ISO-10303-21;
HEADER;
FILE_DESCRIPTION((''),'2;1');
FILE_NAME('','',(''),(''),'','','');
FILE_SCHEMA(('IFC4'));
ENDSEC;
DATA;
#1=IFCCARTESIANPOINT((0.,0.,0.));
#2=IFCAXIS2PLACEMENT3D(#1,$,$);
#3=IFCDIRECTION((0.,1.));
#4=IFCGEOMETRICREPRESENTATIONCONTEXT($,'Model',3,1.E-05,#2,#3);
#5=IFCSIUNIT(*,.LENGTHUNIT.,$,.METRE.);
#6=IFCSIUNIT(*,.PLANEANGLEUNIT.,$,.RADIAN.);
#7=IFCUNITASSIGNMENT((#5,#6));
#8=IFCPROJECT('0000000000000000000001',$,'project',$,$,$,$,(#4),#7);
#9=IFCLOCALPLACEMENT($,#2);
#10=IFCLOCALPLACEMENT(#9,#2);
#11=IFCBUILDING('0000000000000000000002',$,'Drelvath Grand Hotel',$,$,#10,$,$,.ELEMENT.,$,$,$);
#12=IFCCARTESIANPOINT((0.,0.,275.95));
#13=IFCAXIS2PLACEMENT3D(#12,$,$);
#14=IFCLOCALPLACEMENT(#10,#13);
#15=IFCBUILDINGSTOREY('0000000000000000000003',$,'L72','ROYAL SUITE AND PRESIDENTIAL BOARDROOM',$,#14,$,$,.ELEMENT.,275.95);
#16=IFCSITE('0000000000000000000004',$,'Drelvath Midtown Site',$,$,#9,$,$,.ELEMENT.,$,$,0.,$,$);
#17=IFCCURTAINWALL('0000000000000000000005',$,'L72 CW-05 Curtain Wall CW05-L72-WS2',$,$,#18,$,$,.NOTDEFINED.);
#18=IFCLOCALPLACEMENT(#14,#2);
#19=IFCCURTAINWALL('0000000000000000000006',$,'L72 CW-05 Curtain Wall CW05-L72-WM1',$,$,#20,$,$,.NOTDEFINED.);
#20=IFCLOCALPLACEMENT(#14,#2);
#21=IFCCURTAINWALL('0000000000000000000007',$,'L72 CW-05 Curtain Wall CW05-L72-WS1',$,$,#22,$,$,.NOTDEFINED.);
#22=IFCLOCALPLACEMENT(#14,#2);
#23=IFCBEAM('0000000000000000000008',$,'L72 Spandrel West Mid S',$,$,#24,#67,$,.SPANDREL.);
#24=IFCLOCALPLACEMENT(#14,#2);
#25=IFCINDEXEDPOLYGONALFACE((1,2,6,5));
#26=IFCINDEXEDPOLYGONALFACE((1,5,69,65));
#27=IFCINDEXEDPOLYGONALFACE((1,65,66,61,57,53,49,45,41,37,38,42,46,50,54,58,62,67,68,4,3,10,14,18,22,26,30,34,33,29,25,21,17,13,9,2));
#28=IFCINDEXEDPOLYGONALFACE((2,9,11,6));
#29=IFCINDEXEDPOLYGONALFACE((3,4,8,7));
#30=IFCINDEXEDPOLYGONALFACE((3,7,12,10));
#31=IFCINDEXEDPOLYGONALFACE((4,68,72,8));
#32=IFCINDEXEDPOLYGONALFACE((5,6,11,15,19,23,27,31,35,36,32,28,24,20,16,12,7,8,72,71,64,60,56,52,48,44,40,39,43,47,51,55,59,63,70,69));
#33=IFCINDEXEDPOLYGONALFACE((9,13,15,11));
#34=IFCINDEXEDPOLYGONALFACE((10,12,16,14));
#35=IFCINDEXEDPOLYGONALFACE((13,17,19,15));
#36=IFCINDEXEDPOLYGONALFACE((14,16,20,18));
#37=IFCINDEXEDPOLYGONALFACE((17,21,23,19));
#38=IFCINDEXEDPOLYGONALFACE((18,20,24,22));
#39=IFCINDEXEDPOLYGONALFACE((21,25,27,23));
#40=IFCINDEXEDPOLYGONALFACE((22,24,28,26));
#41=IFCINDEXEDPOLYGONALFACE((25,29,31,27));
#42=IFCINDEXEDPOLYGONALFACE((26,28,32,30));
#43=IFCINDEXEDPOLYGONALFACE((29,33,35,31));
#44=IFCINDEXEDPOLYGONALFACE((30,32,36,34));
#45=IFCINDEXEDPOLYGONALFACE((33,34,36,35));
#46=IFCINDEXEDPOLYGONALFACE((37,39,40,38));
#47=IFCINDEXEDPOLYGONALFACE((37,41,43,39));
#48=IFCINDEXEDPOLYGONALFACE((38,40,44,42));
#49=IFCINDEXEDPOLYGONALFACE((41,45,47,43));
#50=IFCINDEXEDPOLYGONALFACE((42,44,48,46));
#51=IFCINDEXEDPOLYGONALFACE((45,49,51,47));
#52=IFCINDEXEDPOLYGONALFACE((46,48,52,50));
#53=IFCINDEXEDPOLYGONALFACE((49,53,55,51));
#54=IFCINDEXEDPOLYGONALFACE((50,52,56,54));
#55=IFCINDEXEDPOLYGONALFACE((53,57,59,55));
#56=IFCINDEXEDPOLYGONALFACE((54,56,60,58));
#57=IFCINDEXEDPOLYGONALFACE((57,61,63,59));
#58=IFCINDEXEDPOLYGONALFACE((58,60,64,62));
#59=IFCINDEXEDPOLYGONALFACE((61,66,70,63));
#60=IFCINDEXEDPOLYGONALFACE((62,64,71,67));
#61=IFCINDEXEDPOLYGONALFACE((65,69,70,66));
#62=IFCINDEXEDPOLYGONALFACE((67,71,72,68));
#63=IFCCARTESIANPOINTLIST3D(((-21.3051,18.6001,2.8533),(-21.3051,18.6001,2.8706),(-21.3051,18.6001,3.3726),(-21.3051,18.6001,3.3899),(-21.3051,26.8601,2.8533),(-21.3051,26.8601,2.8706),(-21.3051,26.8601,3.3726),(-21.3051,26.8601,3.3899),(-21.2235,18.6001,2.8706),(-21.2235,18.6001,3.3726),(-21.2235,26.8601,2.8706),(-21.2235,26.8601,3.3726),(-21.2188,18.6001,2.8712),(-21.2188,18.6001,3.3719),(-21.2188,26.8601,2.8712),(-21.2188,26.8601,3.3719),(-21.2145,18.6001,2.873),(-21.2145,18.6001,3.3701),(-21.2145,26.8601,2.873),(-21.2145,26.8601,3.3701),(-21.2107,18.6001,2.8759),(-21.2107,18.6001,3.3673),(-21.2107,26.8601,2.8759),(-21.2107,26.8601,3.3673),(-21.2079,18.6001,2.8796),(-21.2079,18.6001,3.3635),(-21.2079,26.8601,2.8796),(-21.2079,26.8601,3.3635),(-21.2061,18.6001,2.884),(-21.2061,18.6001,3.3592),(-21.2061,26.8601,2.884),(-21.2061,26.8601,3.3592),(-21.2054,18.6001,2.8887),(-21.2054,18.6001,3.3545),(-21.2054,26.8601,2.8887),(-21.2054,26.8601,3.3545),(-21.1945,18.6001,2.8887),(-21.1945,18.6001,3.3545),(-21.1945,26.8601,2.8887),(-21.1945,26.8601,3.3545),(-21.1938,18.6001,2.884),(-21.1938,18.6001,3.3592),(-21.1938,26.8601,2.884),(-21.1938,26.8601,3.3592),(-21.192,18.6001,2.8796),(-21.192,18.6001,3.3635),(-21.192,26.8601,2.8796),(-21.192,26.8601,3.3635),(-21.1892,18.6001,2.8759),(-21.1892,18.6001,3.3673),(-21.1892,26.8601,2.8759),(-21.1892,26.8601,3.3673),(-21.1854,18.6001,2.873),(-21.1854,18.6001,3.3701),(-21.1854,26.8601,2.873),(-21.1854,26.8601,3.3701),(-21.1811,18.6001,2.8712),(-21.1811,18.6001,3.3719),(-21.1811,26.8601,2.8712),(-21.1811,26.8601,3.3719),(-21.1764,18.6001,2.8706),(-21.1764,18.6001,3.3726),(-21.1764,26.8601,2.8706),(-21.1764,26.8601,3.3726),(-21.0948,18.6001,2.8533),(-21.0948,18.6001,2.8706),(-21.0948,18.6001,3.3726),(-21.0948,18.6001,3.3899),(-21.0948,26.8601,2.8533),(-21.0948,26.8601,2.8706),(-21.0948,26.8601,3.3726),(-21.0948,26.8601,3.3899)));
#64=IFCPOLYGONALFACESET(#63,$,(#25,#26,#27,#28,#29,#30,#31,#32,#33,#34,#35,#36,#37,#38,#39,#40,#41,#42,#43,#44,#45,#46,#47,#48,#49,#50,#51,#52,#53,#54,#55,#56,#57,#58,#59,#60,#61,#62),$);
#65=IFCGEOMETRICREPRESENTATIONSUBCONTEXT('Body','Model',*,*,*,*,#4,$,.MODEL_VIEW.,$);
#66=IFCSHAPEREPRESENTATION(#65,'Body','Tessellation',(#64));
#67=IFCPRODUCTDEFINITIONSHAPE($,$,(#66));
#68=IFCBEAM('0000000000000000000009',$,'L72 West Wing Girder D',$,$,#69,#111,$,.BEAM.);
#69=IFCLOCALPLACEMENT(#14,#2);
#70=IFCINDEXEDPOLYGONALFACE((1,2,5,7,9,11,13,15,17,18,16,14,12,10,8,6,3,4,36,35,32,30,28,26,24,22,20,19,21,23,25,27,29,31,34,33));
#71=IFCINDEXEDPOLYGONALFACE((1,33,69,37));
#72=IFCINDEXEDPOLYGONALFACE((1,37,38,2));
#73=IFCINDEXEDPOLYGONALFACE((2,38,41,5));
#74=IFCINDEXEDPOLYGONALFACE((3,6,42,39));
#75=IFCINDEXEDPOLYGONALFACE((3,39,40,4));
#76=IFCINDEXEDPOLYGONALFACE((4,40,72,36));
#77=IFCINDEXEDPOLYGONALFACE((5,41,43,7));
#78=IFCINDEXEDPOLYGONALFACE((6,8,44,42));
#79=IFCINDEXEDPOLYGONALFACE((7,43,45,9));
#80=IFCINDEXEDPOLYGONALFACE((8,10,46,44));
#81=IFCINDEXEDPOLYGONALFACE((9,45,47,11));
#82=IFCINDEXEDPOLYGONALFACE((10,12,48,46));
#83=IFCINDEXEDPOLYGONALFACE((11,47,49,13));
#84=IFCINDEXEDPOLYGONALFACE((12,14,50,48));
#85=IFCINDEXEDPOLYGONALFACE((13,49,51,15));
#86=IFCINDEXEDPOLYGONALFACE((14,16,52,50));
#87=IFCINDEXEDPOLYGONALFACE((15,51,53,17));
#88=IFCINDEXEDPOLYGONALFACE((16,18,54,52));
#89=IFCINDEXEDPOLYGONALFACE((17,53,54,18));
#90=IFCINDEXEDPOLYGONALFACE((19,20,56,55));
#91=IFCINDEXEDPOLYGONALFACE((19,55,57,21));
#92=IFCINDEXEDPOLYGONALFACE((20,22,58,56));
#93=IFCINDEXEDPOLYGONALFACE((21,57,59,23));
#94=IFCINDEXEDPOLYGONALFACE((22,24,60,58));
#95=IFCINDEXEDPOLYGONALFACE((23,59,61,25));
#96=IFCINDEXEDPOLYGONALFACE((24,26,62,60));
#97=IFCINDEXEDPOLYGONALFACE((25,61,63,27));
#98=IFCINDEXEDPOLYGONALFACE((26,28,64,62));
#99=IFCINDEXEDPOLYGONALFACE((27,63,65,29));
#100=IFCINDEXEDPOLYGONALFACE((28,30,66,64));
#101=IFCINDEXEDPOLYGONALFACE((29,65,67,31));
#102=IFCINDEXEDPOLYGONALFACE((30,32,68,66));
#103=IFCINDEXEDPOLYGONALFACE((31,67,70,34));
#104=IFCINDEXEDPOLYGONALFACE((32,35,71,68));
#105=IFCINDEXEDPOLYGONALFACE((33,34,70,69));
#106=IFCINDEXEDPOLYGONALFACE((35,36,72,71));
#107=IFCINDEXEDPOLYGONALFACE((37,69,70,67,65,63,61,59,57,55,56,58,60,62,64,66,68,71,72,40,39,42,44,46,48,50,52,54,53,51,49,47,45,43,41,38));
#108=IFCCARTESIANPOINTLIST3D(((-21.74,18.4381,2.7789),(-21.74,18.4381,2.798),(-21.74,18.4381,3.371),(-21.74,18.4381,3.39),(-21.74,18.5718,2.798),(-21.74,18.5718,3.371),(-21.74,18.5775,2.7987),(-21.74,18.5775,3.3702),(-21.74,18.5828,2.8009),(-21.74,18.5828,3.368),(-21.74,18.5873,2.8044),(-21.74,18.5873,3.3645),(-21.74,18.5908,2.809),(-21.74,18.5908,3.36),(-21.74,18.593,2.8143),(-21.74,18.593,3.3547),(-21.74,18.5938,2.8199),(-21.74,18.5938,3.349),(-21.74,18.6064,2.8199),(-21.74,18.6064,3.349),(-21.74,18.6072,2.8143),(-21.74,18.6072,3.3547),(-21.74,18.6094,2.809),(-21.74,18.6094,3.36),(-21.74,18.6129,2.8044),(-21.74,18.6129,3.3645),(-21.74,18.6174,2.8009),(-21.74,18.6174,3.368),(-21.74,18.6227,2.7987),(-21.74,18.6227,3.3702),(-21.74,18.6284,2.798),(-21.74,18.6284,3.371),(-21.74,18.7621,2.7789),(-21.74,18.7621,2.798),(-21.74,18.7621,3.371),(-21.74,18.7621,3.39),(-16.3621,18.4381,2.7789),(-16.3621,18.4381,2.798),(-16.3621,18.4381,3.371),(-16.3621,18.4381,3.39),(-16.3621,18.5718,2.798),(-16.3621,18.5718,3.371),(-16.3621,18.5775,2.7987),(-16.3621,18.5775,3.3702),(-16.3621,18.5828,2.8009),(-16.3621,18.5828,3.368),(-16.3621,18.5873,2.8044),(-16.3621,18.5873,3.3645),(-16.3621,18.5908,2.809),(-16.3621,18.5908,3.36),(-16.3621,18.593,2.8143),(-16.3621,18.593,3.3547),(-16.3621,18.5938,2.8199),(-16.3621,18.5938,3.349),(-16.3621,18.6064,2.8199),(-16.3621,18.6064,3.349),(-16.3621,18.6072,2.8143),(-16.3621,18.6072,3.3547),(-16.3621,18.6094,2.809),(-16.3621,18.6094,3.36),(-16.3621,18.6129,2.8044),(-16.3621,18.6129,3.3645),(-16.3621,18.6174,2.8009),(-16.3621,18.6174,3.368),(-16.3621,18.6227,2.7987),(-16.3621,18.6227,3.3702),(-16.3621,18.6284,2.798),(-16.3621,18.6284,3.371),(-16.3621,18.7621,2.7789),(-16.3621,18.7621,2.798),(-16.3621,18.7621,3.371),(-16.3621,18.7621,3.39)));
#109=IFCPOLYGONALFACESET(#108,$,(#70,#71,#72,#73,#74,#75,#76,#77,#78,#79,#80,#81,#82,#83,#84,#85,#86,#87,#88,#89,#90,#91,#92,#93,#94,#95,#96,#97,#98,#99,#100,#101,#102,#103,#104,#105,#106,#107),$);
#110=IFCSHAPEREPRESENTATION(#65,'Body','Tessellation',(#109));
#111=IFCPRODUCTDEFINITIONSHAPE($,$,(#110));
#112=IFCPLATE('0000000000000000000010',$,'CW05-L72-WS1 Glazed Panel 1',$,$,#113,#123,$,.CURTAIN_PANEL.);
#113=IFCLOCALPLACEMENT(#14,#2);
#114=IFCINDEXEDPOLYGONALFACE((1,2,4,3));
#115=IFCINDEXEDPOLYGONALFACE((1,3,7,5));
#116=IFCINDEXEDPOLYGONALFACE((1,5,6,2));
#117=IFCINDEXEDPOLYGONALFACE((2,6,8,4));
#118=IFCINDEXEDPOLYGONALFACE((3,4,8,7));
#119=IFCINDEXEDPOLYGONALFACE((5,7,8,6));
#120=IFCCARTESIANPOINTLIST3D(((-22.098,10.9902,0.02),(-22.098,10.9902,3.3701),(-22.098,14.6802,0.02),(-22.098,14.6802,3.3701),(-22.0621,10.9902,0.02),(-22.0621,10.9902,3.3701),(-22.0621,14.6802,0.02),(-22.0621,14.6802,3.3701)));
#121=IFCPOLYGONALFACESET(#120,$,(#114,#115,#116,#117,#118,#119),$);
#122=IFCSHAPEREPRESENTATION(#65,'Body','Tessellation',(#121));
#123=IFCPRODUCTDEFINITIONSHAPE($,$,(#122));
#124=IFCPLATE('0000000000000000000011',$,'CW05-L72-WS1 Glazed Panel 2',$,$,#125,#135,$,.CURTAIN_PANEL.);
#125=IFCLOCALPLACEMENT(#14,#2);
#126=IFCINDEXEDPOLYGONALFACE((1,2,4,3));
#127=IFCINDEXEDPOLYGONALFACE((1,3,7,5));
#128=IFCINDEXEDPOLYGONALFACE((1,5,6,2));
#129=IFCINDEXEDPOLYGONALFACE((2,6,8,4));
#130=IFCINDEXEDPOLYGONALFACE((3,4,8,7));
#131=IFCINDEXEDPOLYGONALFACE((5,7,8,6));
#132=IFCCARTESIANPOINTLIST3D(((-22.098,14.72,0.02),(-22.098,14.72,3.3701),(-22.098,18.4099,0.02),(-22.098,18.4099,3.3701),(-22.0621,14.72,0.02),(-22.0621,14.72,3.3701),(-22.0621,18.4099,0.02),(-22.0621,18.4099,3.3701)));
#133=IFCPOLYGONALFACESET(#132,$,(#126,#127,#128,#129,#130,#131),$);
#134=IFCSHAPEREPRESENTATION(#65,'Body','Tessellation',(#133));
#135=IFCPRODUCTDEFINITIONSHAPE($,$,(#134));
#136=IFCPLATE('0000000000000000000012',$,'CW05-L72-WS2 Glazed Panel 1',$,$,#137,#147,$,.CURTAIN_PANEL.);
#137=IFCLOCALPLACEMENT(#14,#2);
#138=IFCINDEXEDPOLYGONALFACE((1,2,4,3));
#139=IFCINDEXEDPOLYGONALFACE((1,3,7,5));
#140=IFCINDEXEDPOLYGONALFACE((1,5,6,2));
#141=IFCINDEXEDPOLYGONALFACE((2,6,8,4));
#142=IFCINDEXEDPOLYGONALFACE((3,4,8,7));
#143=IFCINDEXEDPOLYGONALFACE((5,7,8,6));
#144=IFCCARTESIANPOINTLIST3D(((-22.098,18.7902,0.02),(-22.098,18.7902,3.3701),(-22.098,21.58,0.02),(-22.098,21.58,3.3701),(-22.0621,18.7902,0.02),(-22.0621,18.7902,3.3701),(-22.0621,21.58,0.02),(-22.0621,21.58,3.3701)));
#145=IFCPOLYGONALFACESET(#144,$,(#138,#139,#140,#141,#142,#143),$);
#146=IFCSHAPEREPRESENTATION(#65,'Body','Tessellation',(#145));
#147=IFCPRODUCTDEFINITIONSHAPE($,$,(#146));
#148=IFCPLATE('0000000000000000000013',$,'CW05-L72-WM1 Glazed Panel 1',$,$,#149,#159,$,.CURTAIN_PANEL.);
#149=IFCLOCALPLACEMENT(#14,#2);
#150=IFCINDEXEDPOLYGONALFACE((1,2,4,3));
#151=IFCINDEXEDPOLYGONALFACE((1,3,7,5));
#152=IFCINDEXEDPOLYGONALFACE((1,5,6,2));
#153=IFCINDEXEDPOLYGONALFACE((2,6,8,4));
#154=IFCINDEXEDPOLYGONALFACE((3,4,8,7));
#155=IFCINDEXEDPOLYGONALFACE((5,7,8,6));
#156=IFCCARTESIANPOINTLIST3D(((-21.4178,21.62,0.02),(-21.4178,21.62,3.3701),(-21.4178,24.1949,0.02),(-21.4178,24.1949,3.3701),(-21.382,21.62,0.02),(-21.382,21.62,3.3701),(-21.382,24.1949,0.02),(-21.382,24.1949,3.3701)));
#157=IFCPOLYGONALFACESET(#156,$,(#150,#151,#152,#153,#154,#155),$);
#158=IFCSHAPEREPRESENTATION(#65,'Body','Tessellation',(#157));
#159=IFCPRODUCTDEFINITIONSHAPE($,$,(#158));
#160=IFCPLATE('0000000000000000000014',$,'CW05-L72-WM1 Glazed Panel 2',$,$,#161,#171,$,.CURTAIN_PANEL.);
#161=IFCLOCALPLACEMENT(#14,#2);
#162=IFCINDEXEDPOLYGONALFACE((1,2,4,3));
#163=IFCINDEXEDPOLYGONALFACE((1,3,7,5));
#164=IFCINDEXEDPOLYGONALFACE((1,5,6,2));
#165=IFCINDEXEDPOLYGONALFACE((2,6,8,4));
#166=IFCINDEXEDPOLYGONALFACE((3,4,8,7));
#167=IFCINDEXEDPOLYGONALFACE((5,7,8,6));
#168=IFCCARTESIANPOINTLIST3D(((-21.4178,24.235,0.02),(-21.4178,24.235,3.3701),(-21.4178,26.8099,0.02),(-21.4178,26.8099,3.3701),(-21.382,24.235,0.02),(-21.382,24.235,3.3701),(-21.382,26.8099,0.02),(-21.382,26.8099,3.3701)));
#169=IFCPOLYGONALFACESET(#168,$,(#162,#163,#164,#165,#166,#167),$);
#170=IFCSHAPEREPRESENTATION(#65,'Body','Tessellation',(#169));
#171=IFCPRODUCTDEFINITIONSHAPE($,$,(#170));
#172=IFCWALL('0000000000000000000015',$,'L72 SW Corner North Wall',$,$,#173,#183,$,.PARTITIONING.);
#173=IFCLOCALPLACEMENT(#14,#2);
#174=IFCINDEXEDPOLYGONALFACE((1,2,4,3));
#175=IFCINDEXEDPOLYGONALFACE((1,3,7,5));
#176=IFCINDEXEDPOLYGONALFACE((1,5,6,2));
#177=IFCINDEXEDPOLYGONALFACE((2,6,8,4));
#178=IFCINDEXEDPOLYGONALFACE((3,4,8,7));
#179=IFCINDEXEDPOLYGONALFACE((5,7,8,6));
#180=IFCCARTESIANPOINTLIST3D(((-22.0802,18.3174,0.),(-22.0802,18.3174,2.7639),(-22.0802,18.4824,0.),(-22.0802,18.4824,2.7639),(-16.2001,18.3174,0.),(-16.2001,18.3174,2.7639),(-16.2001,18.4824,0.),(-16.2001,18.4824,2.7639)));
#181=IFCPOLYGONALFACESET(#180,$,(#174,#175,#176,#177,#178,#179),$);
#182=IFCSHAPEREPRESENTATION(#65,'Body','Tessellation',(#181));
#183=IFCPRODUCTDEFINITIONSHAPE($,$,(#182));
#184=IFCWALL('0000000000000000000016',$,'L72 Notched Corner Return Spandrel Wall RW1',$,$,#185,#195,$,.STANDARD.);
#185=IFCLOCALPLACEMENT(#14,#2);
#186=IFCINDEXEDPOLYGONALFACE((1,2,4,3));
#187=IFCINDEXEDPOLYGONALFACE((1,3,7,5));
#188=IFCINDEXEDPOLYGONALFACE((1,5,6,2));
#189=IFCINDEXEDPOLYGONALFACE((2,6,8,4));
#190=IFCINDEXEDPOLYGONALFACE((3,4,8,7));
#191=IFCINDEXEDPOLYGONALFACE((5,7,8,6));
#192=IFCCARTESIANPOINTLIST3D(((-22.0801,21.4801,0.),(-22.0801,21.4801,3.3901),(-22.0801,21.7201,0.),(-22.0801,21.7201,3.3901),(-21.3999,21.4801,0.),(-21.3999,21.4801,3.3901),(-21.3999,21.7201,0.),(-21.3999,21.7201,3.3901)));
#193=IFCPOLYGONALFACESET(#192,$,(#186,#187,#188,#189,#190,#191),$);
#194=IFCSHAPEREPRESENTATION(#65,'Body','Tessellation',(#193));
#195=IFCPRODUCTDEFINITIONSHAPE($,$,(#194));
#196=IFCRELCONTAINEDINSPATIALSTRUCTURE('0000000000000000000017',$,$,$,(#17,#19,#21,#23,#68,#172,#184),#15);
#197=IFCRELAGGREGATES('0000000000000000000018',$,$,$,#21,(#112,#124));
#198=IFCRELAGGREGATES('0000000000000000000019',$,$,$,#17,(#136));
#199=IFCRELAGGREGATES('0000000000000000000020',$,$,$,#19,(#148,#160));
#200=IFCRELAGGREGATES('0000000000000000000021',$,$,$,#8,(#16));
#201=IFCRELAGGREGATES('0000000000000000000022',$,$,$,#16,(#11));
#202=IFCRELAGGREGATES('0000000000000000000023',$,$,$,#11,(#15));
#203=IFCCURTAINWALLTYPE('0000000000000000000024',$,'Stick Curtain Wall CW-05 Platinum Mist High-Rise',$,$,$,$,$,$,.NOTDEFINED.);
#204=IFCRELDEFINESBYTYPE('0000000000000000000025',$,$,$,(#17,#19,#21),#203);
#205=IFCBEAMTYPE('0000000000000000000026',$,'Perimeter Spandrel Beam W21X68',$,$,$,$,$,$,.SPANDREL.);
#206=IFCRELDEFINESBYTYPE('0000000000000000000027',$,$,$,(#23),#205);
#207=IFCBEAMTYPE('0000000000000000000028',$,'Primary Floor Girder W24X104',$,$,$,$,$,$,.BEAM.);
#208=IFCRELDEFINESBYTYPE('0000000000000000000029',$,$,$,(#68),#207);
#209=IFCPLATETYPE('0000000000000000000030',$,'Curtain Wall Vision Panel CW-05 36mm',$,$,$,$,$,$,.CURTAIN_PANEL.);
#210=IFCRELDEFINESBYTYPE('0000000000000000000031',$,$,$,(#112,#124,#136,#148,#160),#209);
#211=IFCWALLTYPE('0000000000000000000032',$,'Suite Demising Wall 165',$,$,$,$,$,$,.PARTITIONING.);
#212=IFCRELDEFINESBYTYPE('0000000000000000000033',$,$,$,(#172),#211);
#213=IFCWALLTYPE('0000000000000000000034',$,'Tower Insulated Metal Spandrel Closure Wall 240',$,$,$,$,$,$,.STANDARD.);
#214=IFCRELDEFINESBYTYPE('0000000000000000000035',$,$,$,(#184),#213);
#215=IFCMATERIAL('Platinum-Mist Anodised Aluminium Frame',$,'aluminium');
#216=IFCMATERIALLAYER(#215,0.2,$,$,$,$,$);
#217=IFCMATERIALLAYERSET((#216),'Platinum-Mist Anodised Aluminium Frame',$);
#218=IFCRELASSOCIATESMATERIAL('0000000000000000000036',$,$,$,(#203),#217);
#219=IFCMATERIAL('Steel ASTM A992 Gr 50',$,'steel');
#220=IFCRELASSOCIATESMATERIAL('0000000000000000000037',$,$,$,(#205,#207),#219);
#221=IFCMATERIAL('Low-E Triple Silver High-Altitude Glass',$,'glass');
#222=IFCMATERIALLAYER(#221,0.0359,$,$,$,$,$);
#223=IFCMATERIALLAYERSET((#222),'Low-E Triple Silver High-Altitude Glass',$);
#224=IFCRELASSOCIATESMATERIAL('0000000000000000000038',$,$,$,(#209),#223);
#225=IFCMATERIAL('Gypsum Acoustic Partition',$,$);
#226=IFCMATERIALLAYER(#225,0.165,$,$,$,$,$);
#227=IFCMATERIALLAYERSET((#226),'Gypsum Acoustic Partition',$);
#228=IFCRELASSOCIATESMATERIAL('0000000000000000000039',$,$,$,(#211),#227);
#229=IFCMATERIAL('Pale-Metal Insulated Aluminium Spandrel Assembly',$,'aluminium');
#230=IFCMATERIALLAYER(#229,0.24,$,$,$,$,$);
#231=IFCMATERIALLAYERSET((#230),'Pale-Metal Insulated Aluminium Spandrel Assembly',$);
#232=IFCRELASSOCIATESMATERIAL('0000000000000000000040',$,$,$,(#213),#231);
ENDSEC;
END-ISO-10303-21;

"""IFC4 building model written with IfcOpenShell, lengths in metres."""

from ifc_helpers import new_model, si_unit, direction, frame, frame_2d, origin, origin_2d, place, context, subcontext, project, spatial, rectangle, i_section, extrude, material, layer, layer_set, material_profile, profile_set, type_object, element, aggregate, save


model = new_model("IFC4")

# Units and contexts
model_context = context("Model", 3, precision=1e-05, world=origin(), true_north=direction((0.0, 1.0)))
body_context = subcontext(model_context, "Body", "Model", "MODEL_VIEW")
ifc_project = project(units=[si_unit("LENGTHUNIT", "METRE"), si_unit("PLANEANGLEUNIT", "RADIAN")], contexts=[model_context])

# Site, building, storey
site_placement = place(None, origin())
site = spatial("IfcSite", under=ifc_project, at=site_placement, Name="Drelvath Midtown Site", CompositionType="ELEMENT", RefElevation=0.0)
building_placement = place(site_placement, origin())
building = spatial("IfcBuilding", under=site, at=building_placement, Name="Drelvath Grand Hotel", CompositionType="ELEMENT")
storey_placement = place(building_placement, frame((0.0, 0.0, 275.95)))
storey = spatial("IfcBuildingStorey", under=building, at=storey_placement, Name="L72", Description="ROYAL SUITE AND PRESIDENTIAL BOARDROOM", CompositionType="ELEMENT", Elevation=275.95)

# Curtain walls
ifc_material_1 = material(Name="Platinum-Mist Anodised Aluminium Frame", Category="aluminium")
ifc_layer_1 = layer(ifc_material_1, 0.2)
ifc_layer_set_1 = layer_set([ifc_layer_1], Name="Platinum-Mist Anodised Aluminium Frame")
curtain_wall_type = type_object("IfcCurtainWallType", Name="Stick Curtain Wall CW-05 Platinum Mist High-Rise", PredefinedType="NOTDEFINED", material=ifc_layer_set_1)
curtain_wall_1_placement = place(storey_placement, origin())
curtain_wall_1 = element("IfcCurtainWall", 1, at=curtain_wall_1_placement, inside=storey, type_object=curtain_wall_type, Name="L72 CW-05 Curtain Wall CW05-L72-WS2", PredefinedType="NOTDEFINED")
curtain_wall_2_placement = place(storey_placement, origin())
curtain_wall_2 = element("IfcCurtainWall", 2, at=curtain_wall_2_placement, inside=storey, type_object=curtain_wall_type, Name="L72 CW-05 Curtain Wall CW05-L72-WM1", PredefinedType="NOTDEFINED")

# Curtain wall
curtain_wall_3_placement = place(storey_placement, origin())
curtain_wall_3 = element("IfcCurtainWall", 3, at=curtain_wall_3_placement, inside=storey, type_object=curtain_wall_type, Name="L72 CW-05 Curtain Wall CW05-L72-WS1", PredefinedType="NOTDEFINED")

# Beams
ifc_material_2 = material(Name="Steel ASTM A992 Gr 50", Category="steel")
ifc_material_profile_1 = material_profile(ifc_material_2, i_section(OverallWidth=0.2102, OverallDepth=0.5366, WebThickness=0.011, FlangeThickness=0.0173, FilletRadius=0.0181, at=origin_2d()), Name="W21X68")
ifc_profile_set_1 = profile_set([ifc_material_profile_1], Name="Steel ASTM A992 Gr 50")
beam_type_1 = type_object("IfcBeamType", Name="Perimeter Spandrel Beam W21X68", PredefinedType="SPANDREL", material=ifc_profile_set_1)
beam_1_placement = place(storey_placement, frame((-21.2, 18.6001, 3.1216), z_axis=(0.0, 1.0, 0.0), x_axis=(-1.0, 0.0, 0.0)))
element("IfcBeam", 4, at=beam_1_placement, inside=storey, type_object=beam_type_1, Name="L72 Spandrel West Mid S", PredefinedType="SPANDREL", context=body_context, shape_type="SweptSolid", body=[
    extrude(i_section(OverallWidth=0.2102, OverallDepth=0.5366, WebThickness=0.011, FlangeThickness=0.0173, FilletRadius=0.0181, at=origin_2d()), origin(), (0.0, 0.0, 1.0), 8.26),
])
ifc_material_profile_2 = material_profile(ifc_material_2, i_section(OverallWidth=0.324, OverallDepth=0.6111, WebThickness=0.0127, FlangeThickness=0.019, FilletRadius=0.022, at=origin_2d()), Name="W24X104")
ifc_profile_set_2 = profile_set([ifc_material_profile_2], Name="Steel ASTM A992 Gr 50")
beam_type_2 = type_object("IfcBeamType", Name="Primary Floor Girder W24X104", PredefinedType="BEAM", material=ifc_profile_set_2)
beam_2_placement = place(storey_placement, frame((-21.74, 18.6001, 3.0845), z_axis=(1.0, 0.0, 0.0), x_axis=(0.0, 1.0, 0.0)))
element("IfcBeam", 5, at=beam_2_placement, inside=storey, type_object=beam_type_2, Name="L72 West Wing Girder D", PredefinedType="BEAM", context=body_context, shape_type="SweptSolid", body=[
    extrude(i_section(OverallWidth=0.324, OverallDepth=0.6111, WebThickness=0.0127, FlangeThickness=0.019, FilletRadius=0.022, at=origin_2d()), origin(), (0.0, 0.0, 1.0), 5.3779),
])

# Plates
ifc_material_3 = material(Name="Low-E Triple Silver High-Altitude Glass", Category="glass")
ifc_layer_2 = layer(ifc_material_3, 0.0359)
ifc_layer_set_2 = layer_set([ifc_layer_2], Name="Low-E Triple Silver High-Altitude Glass")
plate_type = type_object("IfcPlateType", Name="Curtain Wall Vision Panel CW-05 36mm", PredefinedType="CURTAIN_PANEL", material=ifc_layer_set_2)
plate_1_placement = place(storey_placement, frame((-22.0801, 12.8352, 0.02), z_axis=(0.0, 0.0, 1.0), x_axis=(0.0, 1.0, 0.0)))
plate_1 = element("IfcPlate", 6, at=plate_1_placement, type_object=plate_type, Name="CW05-L72-WS1 Glazed Panel 1", PredefinedType="CURTAIN_PANEL", context=body_context, shape_type="SweptSolid", body=[
    extrude(rectangle(XDim=3.6899, YDim=0.0359, at=origin_2d()), origin(), (0.0, 0.0, 1.0), 3.3501),
])
plate_2_placement = place(storey_placement, frame((-22.0801, 16.5649, 0.02), z_axis=(0.0, 0.0, 1.0), x_axis=(0.0, 1.0, 0.0)))
plate_2 = element("IfcPlate", 7, at=plate_2_placement, type_object=plate_type, Name="CW05-L72-WS1 Glazed Panel 2", PredefinedType="CURTAIN_PANEL", context=body_context, shape_type="SweptSolid", body=[
    extrude(rectangle(XDim=3.6899, YDim=0.0359, at=origin_2d()), origin(), (0.0, 0.0, 1.0), 3.3501),
])
aggregate(curtain_wall_3, [plate_1, plate_2])
plate_3_placement = place(storey_placement, frame((-22.0801, 20.1851, 0.02), z_axis=(0.0, 0.0, 1.0), x_axis=(0.0, 1.0, 0.0)))
plate_3 = element("IfcPlate", 8, at=plate_3_placement, type_object=plate_type, Name="CW05-L72-WS2 Glazed Panel 1", PredefinedType="CURTAIN_PANEL", context=body_context, shape_type="SweptSolid", body=[
    extrude(rectangle(XDim=2.7898, YDim=0.0359, at=origin_2d()), origin(), (0.0, 0.0, 1.0), 3.3501),
])
aggregate(curtain_wall_1, [plate_3])
plate_4_placement = place(storey_placement, frame((-21.3999, 22.9075, 0.02), z_axis=(0.0, 0.0, 1.0), x_axis=(0.0, 1.0, 0.0)))
plate_4 = element("IfcPlate", 9, at=plate_4_placement, type_object=plate_type, Name="CW05-L72-WM1 Glazed Panel 1", PredefinedType="CURTAIN_PANEL", context=body_context, shape_type="SweptSolid", body=[
    extrude(rectangle(XDim=2.575, YDim=0.0359, at=origin_2d()), origin(), (0.0, 0.0, 1.0), 3.3501),
])
plate_5_placement = place(storey_placement, frame((-21.3999, 25.5225, 0.02), z_axis=(0.0, 0.0, 1.0), x_axis=(0.0, 1.0, 0.0)))
plate_5 = element("IfcPlate", 10, at=plate_5_placement, type_object=plate_type, Name="CW05-L72-WM1 Glazed Panel 2", PredefinedType="CURTAIN_PANEL", context=body_context, shape_type="SweptSolid", body=[
    extrude(rectangle(XDim=2.575, YDim=0.0359, at=origin_2d()), origin(), (0.0, 0.0, 1.0), 3.3501),
])
aggregate(curtain_wall_2, [plate_4, plate_5])

# Walls
ifc_material_4 = material(Name="Gypsum Acoustic Partition")
ifc_layer_3 = layer(ifc_material_4, 0.165)
ifc_layer_set_3 = layer_set([ifc_layer_3], Name="Gypsum Acoustic Partition")
wall_type_1 = type_object("IfcWallType", Name="Suite Demising Wall 165", PredefinedType="PARTITIONING", material=ifc_layer_set_3)
wall_1_placement = place(storey_placement, frame((-22.0801, 18.3999, 0.0), z_axis=(0.0, 0.0, 1.0), x_axis=(1.0, 0.0, 0.0)))
element("IfcWall", 11, at=wall_1_placement, inside=storey, type_object=wall_type_1, Name="L72 SW Corner North Wall", PredefinedType="PARTITIONING", context=body_context, shape_type="SweptSolid", body=[
    extrude(rectangle(XDim=5.8801, YDim=0.165, at=frame_2d((2.9399, 0.0))), origin(), (0.0, 0.0, 1.0), 2.7639),
])
ifc_material_5 = material(Name="Pale-Metal Insulated Aluminium Spandrel Assembly", Category="aluminium")
ifc_layer_4 = layer(ifc_material_5, 0.24)
ifc_layer_set_4 = layer_set([ifc_layer_4], Name="Pale-Metal Insulated Aluminium Spandrel Assembly")
wall_type_2 = type_object("IfcWallType", Name="Tower Insulated Metal Spandrel Closure Wall 240", PredefinedType="STANDARD", material=ifc_layer_set_4)
wall_2_placement = place(storey_placement, frame((-22.0801, 21.6001, 0.0), z_axis=(0.0, 0.0, 1.0), x_axis=(1.0, 0.0, 0.0)))
element("IfcWall", 12, at=wall_2_placement, inside=storey, type_object=wall_type_2, Name="L72 Notched Corner Return Spandrel Wall RW1", PredefinedType="STANDARD", context=body_context, shape_type="SweptSolid", body=[
    extrude(rectangle(XDim=0.6802, YDim=0.24, at=frame_2d((0.3401, 0.0))), origin(), (0.0, 0.0, 1.0), 3.3901),
])

save(model, "model.ifc")
